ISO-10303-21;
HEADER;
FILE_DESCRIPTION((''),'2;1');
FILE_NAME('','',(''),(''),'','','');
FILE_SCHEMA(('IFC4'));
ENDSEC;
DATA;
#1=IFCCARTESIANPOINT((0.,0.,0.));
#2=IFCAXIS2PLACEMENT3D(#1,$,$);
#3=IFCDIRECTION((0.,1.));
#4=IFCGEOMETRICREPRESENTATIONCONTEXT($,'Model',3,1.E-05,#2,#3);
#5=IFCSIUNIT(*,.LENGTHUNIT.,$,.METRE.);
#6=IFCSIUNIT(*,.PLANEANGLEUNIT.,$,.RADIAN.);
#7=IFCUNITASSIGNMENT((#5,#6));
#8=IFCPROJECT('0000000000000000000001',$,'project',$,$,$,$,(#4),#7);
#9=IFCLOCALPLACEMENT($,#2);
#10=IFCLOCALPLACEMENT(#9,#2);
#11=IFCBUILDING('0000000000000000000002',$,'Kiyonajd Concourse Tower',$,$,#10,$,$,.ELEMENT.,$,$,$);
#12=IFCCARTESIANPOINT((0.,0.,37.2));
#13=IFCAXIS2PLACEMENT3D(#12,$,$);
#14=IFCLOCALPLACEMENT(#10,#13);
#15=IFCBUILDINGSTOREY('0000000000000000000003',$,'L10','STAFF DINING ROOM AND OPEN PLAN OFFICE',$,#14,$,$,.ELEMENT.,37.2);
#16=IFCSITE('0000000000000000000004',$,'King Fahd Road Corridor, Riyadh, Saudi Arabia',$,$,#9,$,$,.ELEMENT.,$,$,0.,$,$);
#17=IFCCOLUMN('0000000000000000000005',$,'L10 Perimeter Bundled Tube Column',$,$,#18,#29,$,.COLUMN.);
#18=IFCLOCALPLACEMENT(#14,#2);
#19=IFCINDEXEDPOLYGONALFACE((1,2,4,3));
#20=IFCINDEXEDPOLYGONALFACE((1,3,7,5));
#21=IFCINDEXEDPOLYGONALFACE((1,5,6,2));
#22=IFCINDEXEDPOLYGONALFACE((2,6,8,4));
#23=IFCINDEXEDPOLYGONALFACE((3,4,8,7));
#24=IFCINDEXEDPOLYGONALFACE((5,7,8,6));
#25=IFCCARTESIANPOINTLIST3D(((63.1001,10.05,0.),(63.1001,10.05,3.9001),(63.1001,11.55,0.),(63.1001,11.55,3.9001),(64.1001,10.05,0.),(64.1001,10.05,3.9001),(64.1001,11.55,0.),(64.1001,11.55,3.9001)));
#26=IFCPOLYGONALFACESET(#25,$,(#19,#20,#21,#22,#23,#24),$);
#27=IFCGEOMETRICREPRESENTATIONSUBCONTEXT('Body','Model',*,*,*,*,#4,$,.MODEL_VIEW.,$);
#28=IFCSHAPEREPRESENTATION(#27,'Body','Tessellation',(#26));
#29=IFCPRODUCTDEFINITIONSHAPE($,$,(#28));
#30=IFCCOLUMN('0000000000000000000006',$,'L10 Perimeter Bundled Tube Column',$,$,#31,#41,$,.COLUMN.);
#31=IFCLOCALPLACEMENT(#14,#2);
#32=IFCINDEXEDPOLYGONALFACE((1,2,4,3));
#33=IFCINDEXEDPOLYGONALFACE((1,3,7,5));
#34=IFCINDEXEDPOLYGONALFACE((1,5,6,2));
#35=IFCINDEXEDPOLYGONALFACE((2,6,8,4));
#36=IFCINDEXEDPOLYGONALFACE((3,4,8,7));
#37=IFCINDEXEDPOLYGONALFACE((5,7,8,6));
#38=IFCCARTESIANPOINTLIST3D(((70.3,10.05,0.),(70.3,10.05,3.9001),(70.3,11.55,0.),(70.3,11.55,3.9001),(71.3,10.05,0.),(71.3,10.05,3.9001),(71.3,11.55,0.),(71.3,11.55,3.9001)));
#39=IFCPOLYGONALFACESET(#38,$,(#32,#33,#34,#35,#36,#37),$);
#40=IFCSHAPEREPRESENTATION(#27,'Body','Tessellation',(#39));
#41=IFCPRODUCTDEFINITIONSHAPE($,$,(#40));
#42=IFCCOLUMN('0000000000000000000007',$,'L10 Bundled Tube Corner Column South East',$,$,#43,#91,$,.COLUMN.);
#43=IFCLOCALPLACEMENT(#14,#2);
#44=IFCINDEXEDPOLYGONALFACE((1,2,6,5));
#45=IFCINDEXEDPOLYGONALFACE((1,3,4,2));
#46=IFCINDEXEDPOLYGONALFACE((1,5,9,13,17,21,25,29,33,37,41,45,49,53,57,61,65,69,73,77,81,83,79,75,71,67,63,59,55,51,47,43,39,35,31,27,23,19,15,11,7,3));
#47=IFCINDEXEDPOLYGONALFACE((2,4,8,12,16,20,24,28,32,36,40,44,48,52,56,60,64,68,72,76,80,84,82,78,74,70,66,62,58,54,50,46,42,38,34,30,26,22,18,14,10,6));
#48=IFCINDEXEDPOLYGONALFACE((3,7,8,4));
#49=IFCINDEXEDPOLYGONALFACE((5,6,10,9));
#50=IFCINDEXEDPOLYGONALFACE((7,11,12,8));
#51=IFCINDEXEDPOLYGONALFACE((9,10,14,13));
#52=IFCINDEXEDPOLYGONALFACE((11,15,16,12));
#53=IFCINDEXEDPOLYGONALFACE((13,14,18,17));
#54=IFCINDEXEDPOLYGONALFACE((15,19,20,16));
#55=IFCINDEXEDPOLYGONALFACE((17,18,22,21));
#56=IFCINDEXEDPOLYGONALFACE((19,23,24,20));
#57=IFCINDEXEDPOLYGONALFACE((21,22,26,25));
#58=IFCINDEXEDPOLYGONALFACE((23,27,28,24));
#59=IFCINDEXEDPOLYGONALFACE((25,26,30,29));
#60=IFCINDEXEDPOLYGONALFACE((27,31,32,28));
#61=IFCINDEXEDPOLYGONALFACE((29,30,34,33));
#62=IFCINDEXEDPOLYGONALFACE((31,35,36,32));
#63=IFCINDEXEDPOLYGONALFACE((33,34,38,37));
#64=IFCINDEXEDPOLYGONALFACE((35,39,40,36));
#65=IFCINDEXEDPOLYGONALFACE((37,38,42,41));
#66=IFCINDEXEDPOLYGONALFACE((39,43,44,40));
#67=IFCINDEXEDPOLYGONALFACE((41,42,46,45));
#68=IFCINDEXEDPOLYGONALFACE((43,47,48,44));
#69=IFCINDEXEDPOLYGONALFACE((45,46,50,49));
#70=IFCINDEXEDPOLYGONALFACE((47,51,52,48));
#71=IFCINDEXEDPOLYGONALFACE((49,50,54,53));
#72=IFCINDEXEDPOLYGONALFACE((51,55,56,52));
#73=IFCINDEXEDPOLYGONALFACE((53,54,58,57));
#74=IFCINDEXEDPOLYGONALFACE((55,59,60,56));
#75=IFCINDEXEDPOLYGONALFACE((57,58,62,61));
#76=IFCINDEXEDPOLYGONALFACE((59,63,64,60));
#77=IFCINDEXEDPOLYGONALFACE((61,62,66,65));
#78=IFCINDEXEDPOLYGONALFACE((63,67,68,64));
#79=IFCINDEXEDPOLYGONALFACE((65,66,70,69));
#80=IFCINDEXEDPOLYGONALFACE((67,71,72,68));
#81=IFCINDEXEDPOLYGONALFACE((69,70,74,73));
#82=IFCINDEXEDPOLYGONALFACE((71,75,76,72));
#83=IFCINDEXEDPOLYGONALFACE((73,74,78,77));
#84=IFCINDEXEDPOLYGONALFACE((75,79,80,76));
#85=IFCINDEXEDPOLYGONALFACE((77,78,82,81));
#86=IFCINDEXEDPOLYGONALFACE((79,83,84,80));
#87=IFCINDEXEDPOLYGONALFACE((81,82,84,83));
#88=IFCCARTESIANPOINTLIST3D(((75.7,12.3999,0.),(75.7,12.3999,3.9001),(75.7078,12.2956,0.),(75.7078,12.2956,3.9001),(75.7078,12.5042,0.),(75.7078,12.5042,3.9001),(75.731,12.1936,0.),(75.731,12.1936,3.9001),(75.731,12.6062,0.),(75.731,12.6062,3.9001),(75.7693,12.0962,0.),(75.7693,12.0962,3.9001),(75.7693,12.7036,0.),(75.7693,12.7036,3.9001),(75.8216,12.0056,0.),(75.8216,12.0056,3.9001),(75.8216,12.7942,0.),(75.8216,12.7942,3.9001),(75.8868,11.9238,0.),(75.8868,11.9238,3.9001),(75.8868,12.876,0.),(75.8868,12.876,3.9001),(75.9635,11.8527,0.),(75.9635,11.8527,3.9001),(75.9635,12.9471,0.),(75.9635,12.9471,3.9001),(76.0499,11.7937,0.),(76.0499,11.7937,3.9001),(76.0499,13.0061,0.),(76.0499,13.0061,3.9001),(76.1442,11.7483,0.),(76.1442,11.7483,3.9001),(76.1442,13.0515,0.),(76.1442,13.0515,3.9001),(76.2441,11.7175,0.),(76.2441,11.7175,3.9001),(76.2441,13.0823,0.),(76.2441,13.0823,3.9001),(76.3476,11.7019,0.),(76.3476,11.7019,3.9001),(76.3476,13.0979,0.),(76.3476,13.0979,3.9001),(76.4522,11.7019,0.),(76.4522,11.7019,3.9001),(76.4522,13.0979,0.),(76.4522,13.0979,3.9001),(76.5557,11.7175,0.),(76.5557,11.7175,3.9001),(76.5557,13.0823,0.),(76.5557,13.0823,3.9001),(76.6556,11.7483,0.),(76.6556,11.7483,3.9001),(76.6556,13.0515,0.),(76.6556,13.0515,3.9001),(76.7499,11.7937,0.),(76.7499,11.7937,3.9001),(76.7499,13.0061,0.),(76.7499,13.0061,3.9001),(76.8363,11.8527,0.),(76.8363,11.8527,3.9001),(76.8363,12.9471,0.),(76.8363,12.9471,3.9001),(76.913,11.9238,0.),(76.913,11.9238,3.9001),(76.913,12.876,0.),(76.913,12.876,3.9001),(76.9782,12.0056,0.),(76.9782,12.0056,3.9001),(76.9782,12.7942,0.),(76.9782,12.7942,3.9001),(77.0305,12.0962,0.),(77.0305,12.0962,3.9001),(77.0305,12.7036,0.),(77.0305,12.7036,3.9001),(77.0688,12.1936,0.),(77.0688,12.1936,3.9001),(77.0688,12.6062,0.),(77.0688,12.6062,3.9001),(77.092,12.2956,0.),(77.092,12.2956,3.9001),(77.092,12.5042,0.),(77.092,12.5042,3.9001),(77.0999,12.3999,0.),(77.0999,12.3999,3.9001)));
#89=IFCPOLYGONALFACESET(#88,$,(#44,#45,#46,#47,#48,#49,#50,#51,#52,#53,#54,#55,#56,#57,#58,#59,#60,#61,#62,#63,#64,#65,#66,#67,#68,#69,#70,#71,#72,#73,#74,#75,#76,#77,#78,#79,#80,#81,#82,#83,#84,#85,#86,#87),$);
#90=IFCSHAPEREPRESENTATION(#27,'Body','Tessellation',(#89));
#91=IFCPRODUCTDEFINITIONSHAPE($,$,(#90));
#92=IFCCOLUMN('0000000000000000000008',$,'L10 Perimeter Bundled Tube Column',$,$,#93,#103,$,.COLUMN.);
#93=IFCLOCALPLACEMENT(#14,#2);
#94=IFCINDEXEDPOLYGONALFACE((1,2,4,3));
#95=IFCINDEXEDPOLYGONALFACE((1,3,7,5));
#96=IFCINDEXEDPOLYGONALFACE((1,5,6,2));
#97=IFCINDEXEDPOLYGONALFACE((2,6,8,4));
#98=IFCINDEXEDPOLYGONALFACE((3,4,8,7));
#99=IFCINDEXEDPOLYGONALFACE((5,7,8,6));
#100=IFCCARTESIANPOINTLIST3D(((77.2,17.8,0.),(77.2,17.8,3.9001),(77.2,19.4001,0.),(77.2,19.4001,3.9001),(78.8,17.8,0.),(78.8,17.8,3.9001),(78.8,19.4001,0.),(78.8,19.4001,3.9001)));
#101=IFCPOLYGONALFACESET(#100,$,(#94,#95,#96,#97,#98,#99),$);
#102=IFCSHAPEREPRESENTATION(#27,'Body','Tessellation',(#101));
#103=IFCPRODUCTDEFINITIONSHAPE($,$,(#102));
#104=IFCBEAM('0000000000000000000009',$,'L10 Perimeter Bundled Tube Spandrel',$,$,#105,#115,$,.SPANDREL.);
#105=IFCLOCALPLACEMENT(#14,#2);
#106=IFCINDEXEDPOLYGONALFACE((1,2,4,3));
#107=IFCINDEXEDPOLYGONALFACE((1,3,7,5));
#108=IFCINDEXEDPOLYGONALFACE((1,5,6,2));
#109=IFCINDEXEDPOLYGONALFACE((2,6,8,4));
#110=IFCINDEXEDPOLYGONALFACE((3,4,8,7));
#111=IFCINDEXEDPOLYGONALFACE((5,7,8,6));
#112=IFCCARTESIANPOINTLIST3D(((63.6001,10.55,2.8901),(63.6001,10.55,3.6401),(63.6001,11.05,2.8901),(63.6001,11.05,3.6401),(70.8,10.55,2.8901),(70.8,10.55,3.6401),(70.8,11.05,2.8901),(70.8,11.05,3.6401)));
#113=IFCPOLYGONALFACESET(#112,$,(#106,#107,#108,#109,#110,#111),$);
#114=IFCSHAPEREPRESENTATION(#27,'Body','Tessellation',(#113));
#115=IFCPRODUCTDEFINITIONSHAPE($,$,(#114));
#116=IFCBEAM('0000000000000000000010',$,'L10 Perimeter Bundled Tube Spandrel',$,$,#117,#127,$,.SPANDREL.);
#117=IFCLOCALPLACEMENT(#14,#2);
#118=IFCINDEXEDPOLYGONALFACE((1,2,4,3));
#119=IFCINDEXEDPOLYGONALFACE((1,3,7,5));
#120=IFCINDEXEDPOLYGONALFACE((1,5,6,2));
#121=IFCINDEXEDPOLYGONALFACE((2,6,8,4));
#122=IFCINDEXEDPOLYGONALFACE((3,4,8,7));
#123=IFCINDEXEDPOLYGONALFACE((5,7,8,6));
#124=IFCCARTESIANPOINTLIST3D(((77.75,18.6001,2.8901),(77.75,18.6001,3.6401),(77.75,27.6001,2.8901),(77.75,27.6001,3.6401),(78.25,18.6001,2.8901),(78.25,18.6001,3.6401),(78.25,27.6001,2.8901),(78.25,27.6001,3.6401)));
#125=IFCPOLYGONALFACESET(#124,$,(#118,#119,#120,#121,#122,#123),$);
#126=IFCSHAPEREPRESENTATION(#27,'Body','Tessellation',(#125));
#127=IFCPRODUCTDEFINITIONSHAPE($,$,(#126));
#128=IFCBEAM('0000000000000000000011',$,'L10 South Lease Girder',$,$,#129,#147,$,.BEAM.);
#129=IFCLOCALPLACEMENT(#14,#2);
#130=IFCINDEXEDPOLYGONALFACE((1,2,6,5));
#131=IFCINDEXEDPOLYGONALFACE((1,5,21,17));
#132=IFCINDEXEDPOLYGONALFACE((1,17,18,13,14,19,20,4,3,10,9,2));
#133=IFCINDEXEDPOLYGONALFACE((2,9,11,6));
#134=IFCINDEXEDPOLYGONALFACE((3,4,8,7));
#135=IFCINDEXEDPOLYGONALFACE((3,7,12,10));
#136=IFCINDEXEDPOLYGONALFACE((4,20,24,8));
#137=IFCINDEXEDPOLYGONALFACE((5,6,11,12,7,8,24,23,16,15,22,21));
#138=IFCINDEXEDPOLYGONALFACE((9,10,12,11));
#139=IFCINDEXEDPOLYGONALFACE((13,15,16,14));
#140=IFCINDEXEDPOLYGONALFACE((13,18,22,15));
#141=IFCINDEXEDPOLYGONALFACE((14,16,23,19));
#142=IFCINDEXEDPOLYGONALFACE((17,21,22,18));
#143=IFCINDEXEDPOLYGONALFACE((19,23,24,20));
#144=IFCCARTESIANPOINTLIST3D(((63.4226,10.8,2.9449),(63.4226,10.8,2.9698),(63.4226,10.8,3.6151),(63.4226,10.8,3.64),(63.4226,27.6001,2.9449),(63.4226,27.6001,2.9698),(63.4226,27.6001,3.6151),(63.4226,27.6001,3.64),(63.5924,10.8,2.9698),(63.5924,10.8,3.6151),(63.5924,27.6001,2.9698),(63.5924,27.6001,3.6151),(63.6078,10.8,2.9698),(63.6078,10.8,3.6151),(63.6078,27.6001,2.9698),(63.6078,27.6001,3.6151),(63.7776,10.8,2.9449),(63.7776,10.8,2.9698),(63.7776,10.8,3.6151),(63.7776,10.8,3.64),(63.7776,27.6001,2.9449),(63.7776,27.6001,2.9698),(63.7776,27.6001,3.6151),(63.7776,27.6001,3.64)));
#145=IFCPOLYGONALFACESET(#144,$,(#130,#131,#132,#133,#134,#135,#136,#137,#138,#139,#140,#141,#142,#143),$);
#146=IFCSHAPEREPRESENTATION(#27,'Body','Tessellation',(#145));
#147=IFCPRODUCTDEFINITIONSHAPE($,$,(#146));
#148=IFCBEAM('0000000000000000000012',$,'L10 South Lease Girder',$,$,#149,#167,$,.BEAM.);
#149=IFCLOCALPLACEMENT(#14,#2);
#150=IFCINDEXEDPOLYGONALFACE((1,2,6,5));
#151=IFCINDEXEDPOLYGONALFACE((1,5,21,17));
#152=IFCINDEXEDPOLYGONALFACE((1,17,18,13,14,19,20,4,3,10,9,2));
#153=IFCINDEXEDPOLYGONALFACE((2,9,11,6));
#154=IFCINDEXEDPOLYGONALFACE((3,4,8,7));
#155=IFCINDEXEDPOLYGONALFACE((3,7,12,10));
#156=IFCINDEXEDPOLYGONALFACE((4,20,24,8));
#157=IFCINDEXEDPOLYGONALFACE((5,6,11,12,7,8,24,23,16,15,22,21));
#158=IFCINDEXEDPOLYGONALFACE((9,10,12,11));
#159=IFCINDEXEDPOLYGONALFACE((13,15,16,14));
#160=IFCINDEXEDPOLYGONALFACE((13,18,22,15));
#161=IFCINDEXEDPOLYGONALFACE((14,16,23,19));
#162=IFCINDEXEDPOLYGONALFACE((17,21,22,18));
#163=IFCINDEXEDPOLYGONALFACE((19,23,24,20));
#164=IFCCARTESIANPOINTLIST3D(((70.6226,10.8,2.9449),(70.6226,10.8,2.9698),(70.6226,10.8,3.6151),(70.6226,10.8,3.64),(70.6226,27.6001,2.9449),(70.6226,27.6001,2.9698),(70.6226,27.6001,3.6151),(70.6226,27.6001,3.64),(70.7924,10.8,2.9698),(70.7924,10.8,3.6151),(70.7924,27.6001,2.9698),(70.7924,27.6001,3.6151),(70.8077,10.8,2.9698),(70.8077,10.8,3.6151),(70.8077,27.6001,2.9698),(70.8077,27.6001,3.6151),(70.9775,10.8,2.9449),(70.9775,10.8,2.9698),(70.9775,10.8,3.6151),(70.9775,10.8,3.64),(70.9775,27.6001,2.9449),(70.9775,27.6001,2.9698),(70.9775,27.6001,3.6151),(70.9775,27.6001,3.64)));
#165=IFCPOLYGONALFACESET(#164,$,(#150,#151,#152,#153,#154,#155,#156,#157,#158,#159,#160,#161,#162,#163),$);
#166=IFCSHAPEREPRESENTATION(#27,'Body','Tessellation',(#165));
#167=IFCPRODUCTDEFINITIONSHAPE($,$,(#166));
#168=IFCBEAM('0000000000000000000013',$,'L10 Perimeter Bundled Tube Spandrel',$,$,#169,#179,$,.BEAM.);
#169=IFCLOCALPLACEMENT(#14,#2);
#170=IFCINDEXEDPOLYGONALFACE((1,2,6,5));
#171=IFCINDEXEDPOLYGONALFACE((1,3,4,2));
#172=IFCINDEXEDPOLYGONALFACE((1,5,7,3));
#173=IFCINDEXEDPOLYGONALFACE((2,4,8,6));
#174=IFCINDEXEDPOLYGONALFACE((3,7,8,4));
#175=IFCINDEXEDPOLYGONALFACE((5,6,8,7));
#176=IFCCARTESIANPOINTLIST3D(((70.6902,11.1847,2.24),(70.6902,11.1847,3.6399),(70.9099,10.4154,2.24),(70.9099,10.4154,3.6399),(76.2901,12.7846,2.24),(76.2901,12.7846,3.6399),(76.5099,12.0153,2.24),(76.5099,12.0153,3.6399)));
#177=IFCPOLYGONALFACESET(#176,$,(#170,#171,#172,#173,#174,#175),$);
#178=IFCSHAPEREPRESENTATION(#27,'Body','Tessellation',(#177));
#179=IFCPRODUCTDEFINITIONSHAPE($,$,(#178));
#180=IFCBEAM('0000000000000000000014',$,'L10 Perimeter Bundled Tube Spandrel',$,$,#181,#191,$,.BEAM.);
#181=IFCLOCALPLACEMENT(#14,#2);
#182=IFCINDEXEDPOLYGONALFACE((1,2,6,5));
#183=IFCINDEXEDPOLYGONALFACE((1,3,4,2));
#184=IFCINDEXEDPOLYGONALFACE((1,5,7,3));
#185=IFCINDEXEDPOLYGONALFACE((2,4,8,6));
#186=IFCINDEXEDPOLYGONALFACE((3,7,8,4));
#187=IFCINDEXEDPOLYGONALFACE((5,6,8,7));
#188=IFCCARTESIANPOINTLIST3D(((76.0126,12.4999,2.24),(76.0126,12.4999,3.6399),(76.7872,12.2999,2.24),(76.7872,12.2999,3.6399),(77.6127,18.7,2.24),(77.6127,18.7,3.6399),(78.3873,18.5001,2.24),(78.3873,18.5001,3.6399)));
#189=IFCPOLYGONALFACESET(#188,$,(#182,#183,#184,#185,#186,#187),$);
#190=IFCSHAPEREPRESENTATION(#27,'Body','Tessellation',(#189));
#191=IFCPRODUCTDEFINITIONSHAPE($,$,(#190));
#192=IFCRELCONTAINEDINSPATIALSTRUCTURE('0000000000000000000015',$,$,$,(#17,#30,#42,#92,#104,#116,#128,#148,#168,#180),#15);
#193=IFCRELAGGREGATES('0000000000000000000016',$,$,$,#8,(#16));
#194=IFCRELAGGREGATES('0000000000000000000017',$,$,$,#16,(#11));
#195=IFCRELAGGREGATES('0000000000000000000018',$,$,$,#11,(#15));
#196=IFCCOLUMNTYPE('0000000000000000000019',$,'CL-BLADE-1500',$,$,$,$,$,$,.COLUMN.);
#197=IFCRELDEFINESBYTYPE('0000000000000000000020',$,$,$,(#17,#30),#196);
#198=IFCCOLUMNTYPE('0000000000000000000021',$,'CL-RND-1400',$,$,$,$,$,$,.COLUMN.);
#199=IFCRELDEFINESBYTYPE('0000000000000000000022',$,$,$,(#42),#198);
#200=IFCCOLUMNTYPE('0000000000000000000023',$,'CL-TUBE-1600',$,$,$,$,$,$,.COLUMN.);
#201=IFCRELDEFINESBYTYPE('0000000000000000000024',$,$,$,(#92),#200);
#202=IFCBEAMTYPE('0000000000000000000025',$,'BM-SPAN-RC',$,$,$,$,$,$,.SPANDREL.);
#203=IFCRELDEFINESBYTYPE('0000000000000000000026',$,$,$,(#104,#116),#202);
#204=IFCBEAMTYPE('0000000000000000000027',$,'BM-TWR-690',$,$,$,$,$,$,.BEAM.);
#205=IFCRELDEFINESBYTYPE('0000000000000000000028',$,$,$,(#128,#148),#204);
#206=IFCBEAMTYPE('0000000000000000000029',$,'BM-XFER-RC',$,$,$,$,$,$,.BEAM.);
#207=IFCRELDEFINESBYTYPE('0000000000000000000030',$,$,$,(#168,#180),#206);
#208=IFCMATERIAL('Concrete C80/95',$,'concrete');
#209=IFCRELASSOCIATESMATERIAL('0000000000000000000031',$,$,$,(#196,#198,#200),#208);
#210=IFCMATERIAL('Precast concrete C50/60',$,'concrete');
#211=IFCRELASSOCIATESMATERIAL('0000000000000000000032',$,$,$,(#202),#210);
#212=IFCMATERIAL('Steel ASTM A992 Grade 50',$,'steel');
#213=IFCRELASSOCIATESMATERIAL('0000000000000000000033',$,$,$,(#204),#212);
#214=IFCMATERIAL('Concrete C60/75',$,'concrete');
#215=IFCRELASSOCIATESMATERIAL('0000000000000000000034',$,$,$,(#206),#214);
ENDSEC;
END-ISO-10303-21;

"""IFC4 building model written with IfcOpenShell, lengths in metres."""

from ifc_helpers import new_model, si_unit, direction, frame, origin, origin_2d, place, context, subcontext, project, spatial, rectangle, circle, i_section, extrude, material, material_profile, profile_set, type_object, element, save


model = new_model("IFC4")

# Units and contexts
model_context = context("Model", 3, precision=1e-05, world=origin(), true_north=direction((0.0, 1.0)))
body_context = subcontext(model_context, "Body", "Model", "MODEL_VIEW")
ifc_project = project(units=[si_unit("LENGTHUNIT", "METRE"), si_unit("PLANEANGLEUNIT", "RADIAN")], contexts=[model_context])

# Site, building, storey
site_placement = place(None, origin())
site = spatial("IfcSite", under=ifc_project, at=site_placement, Name="King Fahd Road Corridor, Riyadh, Saudi Arabia", CompositionType="ELEMENT", RefElevation=0.0)
building_placement = place(site_placement, origin())
building = spatial("IfcBuilding", under=site, at=building_placement, Name="Kiyonajd Concourse Tower", CompositionType="ELEMENT")
storey_placement = place(building_placement, frame((0.0, 0.0, 37.2)))
storey = spatial("IfcBuildingStorey", under=building, at=storey_placement, Name="L10", Description="STAFF DINING ROOM AND OPEN PLAN OFFICE", CompositionType="ELEMENT", Elevation=37.2)

# Columns
ifc_material_1 = material(Name="Concrete C80/95", Category="concrete")
ifc_material_profile_1 = material_profile(ifc_material_1, rectangle(XDim=1.0, YDim=1.5, at=origin_2d()), Name="RC-1500x1000")
ifc_profile_set_1 = profile_set([ifc_material_profile_1], Name="Concrete C80/95")
column_type_1 = type_object("IfcColumnType", Name="CL-BLADE-1500", PredefinedType="COLUMN", material=ifc_profile_set_1)
for number, where, z_axis, x_axis, name in (
    (1, (63.6001, 10.8, 0.0), (0.0, 0.0, 1.0), (1.0, 0.0, 0.0), "L10 Perimeter Bundled Tube Column"),
    (2, (70.8, 10.8, 0.0), (0.0, 0.0, 1.0), (1.0, 0.0, 0.0), "L10 Perimeter Bundled Tube Column"),
):
    element("IfcColumn", number, at=place(storey_placement, frame(where, z_axis=z_axis, x_axis=x_axis)), inside=storey, type_object=column_type_1, Name=name, PredefinedType="COLUMN", context=body_context, shape_type="SweptSolid", body=[
        extrude(rectangle(XDim=1.0, YDim=1.5, at=origin_2d()), origin(), (0.0, 0.0, 1.0), 3.9001),
    ])
ifc_material_profile_2 = material_profile(ifc_material_1, circle(Radius=0.7, at=origin_2d()), Name="RCC-D1400")
ifc_profile_set_2 = profile_set([ifc_material_profile_2], Name="Concrete C80/95")
column_type_2 = type_object("IfcColumnType", Name="CL-RND-1400", PredefinedType="COLUMN", material=ifc_profile_set_2)
column_1_placement = place(storey_placement, frame((76.3999, 12.3999, 0.0), z_axis=(0.0, 0.0, 1.0), x_axis=(1.0, 0.0, 0.0)))
element("IfcColumn", 3, at=column_1_placement, inside=storey, type_object=column_type_2, Name="L10 Bundled Tube Corner Column South East", PredefinedType="COLUMN", context=body_context, shape_type="SweptSolid", body=[
    extrude(circle(Radius=0.7, at=origin_2d()), origin(), (0.0, 0.0, 1.0), 3.9001),
])
ifc_material_profile_3 = material_profile(ifc_material_1, rectangle(XDim=1.6001, YDim=1.6001, at=origin_2d()), Name="RC-1600x1600")
ifc_profile_set_3 = profile_set([ifc_material_profile_3], Name="Concrete C80/95")
column_type_3 = type_object("IfcColumnType", Name="CL-TUBE-1600", PredefinedType="COLUMN", material=ifc_profile_set_3)
column_2_placement = place(storey_placement, frame((78.0, 18.6001, 0.0), z_axis=(0.0, 0.0, 1.0), x_axis=(1.0, 0.0, 0.0)))
element("IfcColumn", 4, at=column_2_placement, inside=storey, type_object=column_type_3, Name="L10 Perimeter Bundled Tube Column", PredefinedType="COLUMN", context=body_context, shape_type="SweptSolid", body=[
    extrude(rectangle(XDim=1.6001, YDim=1.6001, at=origin_2d()), origin(), (0.0, 0.0, 1.0), 3.9001),
])

# Beams
ifc_material_2 = material(Name="Precast concrete C50/60", Category="concrete")
ifc_material_profile_4 = material_profile(ifc_material_2, rectangle(XDim=0.5, YDim=0.75, at=origin_2d()), Name="RCBM-500x750")
ifc_profile_set_4 = profile_set([ifc_material_profile_4], Name="Precast concrete C50/60")
beam_type_1 = type_object("IfcBeamType", Name="BM-SPAN-RC", PredefinedType="SPANDREL", material=ifc_profile_set_4)
beam_1_placement = place(storey_placement, frame((63.6001, 10.8, 3.2651), z_axis=(1.0, 0.0, 0.0), x_axis=(0.0, 1.0, 0.0)))
element("IfcBeam", 5, at=beam_1_placement, inside=storey, type_object=beam_type_1, Name="L10 Perimeter Bundled Tube Spandrel", PredefinedType="SPANDREL", context=body_context, shape_type="SweptSolid", body=[
    extrude(rectangle(XDim=0.5, YDim=0.75, at=origin_2d()), origin(), (0.0, 0.0, 1.0), 7.2),
])
beam_2_placement = place(storey_placement, frame((78.0, 18.6001, 3.2651), z_axis=(0.0, 1.0, 0.0), x_axis=(-1.0, 0.0, 0.0)))
element("IfcBeam", 6, at=beam_2_placement, inside=storey, type_object=beam_type_1, Name="L10 Perimeter Bundled Tube Spandrel", PredefinedType="SPANDREL", context=body_context, shape_type="SweptSolid", body=[
    extrude(rectangle(XDim=0.5, YDim=0.75, at=origin_2d()), origin(), (0.0, 0.0, 1.0), 9.0),
])
ifc_material_3 = material(Name="Steel ASTM A992 Grade 50", Category="steel")
ifc_material_profile_5 = material_profile(ifc_material_3, i_section(OverallWidth=0.355, OverallDepth=0.6951, WebThickness=0.0154, FlangeThickness=0.0249, at=origin_2d()), Name="W690X217")
ifc_profile_set_5 = profile_set([ifc_material_profile_5], Name="Steel ASTM A992 Grade 50")
beam_type_2 = type_object("IfcBeamType", Name="BM-TWR-690", PredefinedType="BEAM", material=ifc_profile_set_5)
for number, where, z_axis, x_axis, name in (
    (7, (63.6001, 10.8, 3.2925), (0.0, 1.0, 0.0), (-1.0, 0.0, 0.0), "L10 South Lease Girder"),
    (8, (70.8, 10.8, 3.2925), (0.0, 1.0, 0.0), (-1.0, 0.0, 0.0), "L10 South Lease Girder"),
):
    element("IfcBeam", number, at=place(storey_placement, frame(where, z_axis=z_axis, x_axis=x_axis)), inside=storey, type_object=beam_type_2, Name=name, PredefinedType="BEAM", context=body_context, shape_type="SweptSolid", body=[
        extrude(i_section(OverallWidth=0.355, OverallDepth=0.6951, WebThickness=0.0154, FlangeThickness=0.0249, at=origin_2d()), origin(), (0.0, 0.0, 1.0), 16.8),
    ])
ifc_material_4 = material(Name="Concrete C60/75", Category="concrete")
ifc_material_profile_6 = material_profile(ifc_material_4, rectangle(XDim=0.8, YDim=1.3999, at=origin_2d()), Name="RCBM-800x1400")
ifc_profile_set_6 = profile_set([ifc_material_profile_6], Name="Concrete C60/75")
beam_type_3 = type_object("IfcBeamType", Name="BM-XFER-RC", PredefinedType="BEAM", material=ifc_profile_set_6)
beam_3_placement = place(storey_placement, frame((70.8, 10.8, 2.9399), z_axis=(0.961529, 0.274705, 0.0), x_axis=(-0.274705, 0.961529, 0.0)))
element("IfcBeam", 9, at=beam_3_placement, inside=storey, type_object=beam_type_3, Name="L10 Perimeter Bundled Tube Spandrel", PredefinedType="BEAM", context=body_context, shape_type="SweptSolid", body=[
    extrude(rectangle(XDim=0.8, YDim=1.3999, at=origin_2d()), origin(), (0.0, 0.0, 1.0), 5.824),
])
beam_4_placement = place(storey_placement, frame((76.3999, 12.3999, 2.9399), z_axis=(0.249885, 0.968276, 0.0), x_axis=(-0.968276, 0.249885, 0.0)))
element("IfcBeam", 10, at=beam_4_placement, inside=storey, type_object=beam_type_3, Name="L10 Perimeter Bundled Tube Spandrel", PredefinedType="BEAM", context=body_context, shape_type="SweptSolid", body=[
    extrude(rectangle(XDim=0.8, YDim=1.3999, at=origin_2d()), origin(), (0.0, 0.0, 1.0), 6.4033),
])

save(model, "model.ifc")
